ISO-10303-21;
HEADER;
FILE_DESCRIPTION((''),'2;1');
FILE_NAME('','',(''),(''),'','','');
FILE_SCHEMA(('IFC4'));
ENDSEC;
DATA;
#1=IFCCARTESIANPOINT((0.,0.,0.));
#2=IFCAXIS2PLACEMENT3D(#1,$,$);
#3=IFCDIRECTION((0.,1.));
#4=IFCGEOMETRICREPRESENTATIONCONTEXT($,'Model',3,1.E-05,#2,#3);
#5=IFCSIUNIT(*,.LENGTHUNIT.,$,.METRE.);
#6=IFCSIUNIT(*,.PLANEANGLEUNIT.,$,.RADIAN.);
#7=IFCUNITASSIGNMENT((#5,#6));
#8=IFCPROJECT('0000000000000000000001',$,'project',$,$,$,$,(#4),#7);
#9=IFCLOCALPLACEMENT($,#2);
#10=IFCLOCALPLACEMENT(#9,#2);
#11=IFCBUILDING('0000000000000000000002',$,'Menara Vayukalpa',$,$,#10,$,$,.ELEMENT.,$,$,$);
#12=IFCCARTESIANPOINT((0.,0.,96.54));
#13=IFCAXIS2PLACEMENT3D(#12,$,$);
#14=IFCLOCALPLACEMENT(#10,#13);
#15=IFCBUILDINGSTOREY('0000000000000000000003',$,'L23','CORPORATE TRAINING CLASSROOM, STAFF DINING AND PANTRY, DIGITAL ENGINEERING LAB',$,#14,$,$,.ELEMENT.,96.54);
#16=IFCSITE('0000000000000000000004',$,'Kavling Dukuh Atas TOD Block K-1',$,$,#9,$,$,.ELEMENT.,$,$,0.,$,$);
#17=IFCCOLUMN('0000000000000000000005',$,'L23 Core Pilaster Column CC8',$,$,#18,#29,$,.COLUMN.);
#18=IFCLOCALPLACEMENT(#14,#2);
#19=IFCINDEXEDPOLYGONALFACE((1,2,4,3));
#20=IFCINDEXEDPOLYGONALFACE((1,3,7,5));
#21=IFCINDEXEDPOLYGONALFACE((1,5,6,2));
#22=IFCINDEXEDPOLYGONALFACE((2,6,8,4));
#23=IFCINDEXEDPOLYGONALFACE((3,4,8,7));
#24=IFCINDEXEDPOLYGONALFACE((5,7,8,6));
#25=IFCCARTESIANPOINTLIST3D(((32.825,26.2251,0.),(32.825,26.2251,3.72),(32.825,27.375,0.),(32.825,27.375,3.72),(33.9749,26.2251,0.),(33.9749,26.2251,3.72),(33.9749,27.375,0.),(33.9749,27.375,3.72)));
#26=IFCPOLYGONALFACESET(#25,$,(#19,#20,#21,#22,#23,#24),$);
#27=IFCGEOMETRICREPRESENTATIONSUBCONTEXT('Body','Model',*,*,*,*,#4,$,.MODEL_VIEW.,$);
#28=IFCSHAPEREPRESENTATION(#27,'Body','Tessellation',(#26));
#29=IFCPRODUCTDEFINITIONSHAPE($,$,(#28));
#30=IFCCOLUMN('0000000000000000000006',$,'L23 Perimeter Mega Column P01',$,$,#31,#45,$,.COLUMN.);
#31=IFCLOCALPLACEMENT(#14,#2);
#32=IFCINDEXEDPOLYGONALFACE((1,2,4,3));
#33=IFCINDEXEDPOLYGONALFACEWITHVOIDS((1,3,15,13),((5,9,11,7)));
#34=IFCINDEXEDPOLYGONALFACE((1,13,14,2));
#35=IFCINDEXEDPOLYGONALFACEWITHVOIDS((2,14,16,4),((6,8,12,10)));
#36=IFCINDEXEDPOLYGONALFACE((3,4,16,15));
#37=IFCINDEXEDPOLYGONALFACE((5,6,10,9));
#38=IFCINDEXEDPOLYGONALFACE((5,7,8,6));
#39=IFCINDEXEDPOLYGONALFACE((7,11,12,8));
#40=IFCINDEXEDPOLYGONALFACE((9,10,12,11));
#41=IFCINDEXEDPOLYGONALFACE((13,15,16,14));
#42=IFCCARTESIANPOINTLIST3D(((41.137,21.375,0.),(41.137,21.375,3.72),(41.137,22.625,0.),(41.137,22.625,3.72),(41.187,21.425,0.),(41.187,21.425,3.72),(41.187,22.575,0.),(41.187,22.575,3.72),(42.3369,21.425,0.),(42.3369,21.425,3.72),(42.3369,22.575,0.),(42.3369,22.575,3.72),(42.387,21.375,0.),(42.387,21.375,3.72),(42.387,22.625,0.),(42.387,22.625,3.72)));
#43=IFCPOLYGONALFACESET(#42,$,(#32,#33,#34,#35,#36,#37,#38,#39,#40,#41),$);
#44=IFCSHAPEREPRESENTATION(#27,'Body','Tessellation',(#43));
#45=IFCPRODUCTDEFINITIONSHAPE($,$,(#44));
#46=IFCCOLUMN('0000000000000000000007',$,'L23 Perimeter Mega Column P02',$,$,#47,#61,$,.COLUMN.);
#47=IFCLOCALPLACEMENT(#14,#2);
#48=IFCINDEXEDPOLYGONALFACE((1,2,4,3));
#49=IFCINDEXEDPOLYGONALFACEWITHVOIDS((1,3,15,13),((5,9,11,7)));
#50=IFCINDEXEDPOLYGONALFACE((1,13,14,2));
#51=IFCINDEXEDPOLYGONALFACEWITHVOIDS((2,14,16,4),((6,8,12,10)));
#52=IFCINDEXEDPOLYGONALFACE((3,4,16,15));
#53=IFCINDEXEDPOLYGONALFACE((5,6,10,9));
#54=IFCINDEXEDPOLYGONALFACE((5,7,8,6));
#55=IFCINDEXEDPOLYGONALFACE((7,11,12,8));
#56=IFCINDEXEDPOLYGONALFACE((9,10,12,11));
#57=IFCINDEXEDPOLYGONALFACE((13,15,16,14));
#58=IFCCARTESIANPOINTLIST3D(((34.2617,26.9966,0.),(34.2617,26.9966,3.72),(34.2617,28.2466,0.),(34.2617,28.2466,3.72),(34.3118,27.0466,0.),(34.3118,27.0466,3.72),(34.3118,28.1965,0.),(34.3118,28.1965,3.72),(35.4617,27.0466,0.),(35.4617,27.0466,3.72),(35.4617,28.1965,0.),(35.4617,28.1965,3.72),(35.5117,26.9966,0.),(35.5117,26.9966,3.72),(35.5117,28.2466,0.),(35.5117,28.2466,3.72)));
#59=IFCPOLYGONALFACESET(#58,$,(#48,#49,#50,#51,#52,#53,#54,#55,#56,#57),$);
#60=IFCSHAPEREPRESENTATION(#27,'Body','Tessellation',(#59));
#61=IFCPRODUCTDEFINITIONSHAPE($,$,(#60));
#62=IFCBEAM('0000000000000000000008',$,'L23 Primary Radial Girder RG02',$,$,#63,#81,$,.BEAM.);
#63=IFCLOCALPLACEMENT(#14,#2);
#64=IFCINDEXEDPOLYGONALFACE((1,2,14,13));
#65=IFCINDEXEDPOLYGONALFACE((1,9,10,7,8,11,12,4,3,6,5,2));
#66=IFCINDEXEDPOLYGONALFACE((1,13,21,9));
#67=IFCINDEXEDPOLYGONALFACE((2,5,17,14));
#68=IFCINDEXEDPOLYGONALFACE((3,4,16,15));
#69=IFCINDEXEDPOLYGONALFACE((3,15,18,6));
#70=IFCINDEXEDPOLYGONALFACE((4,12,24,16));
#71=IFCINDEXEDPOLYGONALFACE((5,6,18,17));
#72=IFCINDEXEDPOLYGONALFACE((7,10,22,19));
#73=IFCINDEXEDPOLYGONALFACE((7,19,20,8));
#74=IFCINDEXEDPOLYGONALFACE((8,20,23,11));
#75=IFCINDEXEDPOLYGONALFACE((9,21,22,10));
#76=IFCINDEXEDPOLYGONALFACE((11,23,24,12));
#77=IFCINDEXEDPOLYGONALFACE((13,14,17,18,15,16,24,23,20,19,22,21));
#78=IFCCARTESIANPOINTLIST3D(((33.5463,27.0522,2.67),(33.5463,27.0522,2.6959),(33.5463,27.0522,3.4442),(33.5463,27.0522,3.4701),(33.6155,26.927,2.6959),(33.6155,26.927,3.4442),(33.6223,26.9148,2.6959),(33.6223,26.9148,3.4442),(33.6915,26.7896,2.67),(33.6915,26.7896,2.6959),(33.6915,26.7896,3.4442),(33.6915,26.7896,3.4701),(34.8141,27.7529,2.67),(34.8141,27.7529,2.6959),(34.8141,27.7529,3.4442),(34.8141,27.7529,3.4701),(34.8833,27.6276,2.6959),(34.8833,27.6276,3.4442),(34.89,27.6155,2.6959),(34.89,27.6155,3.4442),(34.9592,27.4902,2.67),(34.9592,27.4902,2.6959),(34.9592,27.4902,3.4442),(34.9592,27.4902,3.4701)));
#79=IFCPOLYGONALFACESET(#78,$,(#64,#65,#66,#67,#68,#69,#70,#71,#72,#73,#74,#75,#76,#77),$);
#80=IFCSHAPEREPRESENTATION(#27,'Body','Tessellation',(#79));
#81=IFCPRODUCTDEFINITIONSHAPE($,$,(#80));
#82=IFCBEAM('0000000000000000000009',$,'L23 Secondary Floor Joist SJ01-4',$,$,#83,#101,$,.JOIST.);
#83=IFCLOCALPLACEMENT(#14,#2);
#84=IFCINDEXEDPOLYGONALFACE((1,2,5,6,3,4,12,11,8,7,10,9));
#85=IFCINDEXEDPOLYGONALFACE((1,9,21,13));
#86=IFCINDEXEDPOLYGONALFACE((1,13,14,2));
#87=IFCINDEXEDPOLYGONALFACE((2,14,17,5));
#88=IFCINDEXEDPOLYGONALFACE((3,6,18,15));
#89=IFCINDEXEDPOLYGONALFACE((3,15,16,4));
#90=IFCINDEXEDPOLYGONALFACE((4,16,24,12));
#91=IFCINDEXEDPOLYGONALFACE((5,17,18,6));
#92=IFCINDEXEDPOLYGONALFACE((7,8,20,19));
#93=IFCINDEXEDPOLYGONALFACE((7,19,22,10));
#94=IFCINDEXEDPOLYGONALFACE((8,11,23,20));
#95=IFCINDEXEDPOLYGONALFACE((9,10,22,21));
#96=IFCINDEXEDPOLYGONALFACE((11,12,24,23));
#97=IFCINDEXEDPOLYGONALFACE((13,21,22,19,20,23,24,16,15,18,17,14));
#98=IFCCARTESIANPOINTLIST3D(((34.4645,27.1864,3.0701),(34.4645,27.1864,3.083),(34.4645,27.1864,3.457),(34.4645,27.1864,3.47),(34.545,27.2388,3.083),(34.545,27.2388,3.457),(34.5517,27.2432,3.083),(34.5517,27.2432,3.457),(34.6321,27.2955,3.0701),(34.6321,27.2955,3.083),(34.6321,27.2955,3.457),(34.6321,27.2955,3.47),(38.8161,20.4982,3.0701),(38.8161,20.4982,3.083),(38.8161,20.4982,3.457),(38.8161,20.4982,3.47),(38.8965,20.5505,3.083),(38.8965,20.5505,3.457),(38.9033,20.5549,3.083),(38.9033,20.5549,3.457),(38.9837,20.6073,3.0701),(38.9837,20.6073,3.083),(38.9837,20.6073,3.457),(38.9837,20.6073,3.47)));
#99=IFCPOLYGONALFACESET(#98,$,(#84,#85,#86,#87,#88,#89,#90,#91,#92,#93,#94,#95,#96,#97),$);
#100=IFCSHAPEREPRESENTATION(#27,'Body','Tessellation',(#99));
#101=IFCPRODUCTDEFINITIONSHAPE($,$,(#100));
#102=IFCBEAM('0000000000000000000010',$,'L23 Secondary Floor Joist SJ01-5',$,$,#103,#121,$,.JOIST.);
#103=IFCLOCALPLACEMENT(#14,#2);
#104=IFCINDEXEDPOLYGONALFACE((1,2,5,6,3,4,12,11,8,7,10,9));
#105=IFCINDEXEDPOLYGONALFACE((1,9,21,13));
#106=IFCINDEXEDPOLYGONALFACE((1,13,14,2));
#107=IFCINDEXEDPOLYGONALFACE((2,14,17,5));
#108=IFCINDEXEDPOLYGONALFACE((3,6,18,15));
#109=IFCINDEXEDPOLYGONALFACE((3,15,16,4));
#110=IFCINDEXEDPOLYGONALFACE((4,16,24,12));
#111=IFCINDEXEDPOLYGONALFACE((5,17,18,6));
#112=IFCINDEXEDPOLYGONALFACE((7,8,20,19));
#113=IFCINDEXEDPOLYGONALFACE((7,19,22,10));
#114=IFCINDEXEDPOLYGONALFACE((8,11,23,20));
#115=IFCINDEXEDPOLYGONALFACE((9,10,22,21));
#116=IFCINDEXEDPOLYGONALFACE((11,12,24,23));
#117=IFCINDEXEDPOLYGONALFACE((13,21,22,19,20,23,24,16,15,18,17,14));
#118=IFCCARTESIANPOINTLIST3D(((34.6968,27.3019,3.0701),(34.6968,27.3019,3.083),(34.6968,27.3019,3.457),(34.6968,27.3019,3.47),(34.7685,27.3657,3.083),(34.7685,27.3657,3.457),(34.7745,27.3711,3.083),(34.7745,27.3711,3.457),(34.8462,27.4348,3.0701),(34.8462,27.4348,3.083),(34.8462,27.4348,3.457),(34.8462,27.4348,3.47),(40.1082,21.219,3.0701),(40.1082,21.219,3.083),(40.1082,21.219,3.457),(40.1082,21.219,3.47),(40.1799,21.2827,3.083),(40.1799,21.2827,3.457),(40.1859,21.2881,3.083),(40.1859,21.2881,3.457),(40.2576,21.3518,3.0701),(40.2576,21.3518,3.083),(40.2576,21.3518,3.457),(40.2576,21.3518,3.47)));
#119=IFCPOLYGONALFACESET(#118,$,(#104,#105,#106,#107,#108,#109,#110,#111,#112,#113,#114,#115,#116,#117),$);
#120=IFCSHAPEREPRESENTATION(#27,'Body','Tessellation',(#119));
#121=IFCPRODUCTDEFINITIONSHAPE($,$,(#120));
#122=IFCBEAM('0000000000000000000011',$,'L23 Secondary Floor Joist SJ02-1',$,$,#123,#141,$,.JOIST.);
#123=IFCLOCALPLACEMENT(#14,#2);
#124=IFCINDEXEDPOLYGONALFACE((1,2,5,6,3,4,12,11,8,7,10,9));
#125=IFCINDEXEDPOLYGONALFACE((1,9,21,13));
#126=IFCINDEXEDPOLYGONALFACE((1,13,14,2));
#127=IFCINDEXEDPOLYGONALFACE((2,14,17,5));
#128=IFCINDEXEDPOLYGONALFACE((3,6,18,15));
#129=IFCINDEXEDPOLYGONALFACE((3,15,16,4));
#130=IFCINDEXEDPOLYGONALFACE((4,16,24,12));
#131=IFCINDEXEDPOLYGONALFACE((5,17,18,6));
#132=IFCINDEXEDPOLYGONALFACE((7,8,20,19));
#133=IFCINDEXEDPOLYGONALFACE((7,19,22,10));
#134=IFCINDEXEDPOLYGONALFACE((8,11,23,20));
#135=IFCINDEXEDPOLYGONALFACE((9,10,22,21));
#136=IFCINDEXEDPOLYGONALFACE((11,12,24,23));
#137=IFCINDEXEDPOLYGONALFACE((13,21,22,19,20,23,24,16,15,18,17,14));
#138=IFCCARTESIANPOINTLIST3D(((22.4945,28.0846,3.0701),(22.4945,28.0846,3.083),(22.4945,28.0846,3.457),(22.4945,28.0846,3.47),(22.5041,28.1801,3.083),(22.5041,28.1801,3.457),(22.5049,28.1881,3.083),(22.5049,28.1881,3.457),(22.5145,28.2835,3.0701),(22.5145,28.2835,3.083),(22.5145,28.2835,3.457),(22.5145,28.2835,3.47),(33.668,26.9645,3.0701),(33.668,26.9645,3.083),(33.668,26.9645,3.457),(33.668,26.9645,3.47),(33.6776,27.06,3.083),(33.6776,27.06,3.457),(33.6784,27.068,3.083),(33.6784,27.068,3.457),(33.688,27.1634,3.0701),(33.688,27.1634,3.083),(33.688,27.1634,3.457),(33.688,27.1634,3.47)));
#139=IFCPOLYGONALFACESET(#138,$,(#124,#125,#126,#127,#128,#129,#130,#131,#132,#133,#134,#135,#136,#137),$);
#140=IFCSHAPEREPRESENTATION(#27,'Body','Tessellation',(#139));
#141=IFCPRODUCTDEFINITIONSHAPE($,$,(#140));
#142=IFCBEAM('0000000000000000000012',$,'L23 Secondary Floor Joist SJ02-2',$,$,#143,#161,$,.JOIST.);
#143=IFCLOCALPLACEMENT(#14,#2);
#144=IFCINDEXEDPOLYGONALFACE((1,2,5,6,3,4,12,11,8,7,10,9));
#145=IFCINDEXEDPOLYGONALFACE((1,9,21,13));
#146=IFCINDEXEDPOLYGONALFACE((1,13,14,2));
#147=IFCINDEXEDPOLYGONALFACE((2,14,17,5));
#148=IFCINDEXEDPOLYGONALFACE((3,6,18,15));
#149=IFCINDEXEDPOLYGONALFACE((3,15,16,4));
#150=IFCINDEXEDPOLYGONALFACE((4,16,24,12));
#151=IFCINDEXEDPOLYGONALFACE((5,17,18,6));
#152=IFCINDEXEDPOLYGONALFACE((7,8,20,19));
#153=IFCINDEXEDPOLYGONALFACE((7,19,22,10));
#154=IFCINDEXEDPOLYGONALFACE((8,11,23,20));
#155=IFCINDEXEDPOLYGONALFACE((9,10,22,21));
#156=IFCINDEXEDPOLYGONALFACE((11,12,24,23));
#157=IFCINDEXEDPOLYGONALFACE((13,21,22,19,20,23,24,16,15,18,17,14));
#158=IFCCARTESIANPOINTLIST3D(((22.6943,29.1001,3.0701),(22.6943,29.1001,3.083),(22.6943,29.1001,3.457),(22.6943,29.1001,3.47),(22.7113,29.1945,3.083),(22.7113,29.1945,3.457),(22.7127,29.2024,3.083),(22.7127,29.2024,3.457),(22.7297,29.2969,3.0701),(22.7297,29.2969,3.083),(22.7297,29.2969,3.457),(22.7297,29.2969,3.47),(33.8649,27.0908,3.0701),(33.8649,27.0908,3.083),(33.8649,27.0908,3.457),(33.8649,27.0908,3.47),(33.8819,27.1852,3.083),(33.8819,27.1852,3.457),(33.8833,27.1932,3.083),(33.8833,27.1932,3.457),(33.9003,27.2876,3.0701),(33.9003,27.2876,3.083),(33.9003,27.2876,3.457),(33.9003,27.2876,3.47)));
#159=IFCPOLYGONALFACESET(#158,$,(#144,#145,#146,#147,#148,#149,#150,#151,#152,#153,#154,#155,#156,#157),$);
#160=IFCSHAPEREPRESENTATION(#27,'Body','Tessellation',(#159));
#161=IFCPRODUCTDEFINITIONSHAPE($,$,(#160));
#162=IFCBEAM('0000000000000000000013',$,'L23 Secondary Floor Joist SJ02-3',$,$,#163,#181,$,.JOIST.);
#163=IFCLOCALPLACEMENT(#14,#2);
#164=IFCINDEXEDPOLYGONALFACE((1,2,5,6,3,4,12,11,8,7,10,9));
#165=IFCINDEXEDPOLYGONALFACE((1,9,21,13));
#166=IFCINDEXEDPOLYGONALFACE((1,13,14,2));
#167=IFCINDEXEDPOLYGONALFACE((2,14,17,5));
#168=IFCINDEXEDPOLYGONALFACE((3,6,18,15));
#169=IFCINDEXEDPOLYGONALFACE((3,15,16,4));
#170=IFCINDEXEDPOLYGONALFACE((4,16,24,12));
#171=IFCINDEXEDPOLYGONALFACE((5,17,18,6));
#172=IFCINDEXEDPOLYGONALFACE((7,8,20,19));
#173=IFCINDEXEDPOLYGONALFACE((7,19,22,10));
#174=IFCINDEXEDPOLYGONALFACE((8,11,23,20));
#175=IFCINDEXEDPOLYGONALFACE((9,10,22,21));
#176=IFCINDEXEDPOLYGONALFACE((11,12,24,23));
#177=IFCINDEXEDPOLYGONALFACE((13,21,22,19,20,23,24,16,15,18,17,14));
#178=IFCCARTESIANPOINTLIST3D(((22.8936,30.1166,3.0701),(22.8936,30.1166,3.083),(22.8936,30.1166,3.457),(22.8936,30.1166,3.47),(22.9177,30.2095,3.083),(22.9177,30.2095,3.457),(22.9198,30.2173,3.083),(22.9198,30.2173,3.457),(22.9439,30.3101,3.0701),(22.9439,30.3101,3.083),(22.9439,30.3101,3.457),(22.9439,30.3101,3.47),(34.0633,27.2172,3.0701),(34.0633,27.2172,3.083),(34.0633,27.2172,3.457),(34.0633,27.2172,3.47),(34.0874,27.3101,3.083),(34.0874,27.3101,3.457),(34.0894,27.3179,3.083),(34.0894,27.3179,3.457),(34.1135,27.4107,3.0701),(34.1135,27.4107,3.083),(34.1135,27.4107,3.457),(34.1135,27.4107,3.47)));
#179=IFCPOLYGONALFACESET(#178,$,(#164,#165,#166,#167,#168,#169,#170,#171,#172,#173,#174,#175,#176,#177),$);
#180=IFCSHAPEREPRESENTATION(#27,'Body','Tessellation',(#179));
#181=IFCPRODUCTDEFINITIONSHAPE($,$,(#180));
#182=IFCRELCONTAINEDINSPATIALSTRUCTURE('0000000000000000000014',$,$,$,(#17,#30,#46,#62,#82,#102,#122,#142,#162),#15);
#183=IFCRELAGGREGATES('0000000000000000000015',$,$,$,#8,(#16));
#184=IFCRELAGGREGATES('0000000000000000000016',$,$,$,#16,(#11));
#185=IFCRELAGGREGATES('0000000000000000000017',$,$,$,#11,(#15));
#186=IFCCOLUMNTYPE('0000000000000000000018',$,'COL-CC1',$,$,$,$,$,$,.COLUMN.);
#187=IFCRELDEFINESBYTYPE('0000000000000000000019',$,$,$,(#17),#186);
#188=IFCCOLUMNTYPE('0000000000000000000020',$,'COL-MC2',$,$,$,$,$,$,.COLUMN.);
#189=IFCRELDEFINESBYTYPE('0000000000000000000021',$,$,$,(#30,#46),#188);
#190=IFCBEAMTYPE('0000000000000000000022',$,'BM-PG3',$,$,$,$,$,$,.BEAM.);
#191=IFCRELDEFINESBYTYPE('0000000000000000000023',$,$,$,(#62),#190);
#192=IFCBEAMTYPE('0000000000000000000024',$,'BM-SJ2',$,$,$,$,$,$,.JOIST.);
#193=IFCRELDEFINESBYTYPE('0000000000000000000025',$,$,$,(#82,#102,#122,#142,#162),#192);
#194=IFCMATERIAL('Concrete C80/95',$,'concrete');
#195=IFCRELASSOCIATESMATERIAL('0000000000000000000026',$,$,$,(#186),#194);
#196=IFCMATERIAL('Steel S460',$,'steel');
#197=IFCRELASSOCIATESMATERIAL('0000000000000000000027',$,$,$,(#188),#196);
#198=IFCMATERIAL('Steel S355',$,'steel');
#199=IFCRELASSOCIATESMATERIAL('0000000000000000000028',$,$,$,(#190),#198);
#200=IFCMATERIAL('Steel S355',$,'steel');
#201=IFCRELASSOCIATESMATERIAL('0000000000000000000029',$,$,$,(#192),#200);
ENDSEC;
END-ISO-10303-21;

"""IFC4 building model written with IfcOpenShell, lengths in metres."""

from ifc_helpers import new_model, si_unit, direction, frame, origin, origin_2d, place, context, subcontext, project, spatial, rectangle, hollow_rectangle, i_section, extrude, material, material_profile, profile_set, type_object, element, save


model = new_model("IFC4")

# Units and contexts
model_context = context("Model", 3, precision=1e-05, world=origin(), true_north=direction((0.0, 1.0)))
body_context = subcontext(model_context, "Body", "Model", "MODEL_VIEW")
ifc_project = project(units=[si_unit("LENGTHUNIT", "METRE"), si_unit("PLANEANGLEUNIT", "RADIAN")], contexts=[model_context])

# Site, building, storey
site_placement = place(None, origin())
site = spatial("IfcSite", under=ifc_project, at=site_placement, Name="Kavling Dukuh Atas TOD Block K-1", CompositionType="ELEMENT", RefElevation=0.0)
building_placement = place(site_placement, origin())
building = spatial("IfcBuilding", under=site, at=building_placement, Name="Menara Vayukalpa", CompositionType="ELEMENT")
storey_placement = place(building_placement, frame((0.0, 0.0, 96.54)))
storey = spatial("IfcBuildingStorey", under=building, at=storey_placement, Name="L23", Description="CORPORATE TRAINING CLASSROOM, STAFF DINING AND PANTRY, DIGITAL ENGINEERING LAB", CompositionType="ELEMENT", Elevation=96.54)

# Columns
ifc_material_1 = material(Name="Concrete C80/95", Category="concrete")
ifc_material_profile_1 = material_profile(ifc_material_1, rectangle(XDim=1.1499, YDim=1.1499, at=origin_2d()), Name="RC 1150x1150")
ifc_profile_set_1 = profile_set([ifc_material_profile_1], Name="Concrete C80/95")
column_type_1 = type_object("IfcColumnType", Name="COL-CC1", PredefinedType="COLUMN", material=ifc_profile_set_1)
column_placement = place(storey_placement, frame((33.3999, 26.8, 0.0), z_axis=(0.0, 0.0, 1.0), x_axis=(1.0, 0.0, 0.0)))
element("IfcColumn", 1, at=column_placement, inside=storey, type_object=column_type_1, Name="L23 Core Pilaster Column CC8", PredefinedType="COLUMN", context=body_context, shape_type="SweptSolid", body=[
    extrude(rectangle(XDim=1.1499, YDim=1.1499, at=origin_2d()), origin(), (0.0, 0.0, 1.0), 3.72),
])
ifc_material_2 = material(Name="Steel S460", Category="steel")
ifc_material_profile_2 = material_profile(ifc_material_2, hollow_rectangle(XDim=1.25, YDim=1.25, WallThickness=0.05, at=origin_2d()), Name="BOX 1250x1250x50")
ifc_profile_set_2 = profile_set([ifc_material_profile_2], Name="Steel S460")
column_type_2 = type_object("IfcColumnType", Name="COL-MC2", PredefinedType="COLUMN", material=ifc_profile_set_2)
for number, where, z_axis, x_axis, name in (
    (2, (41.762, 22.0, 0.0), (0.0, 0.0, 1.0), (1.0, 0.0, 0.0), "L23 Perimeter Mega Column P01"),
    (3, (34.8867, 27.6216, 0.0), (0.0, 0.0, 1.0), (1.0, 0.0, 0.0), "L23 Perimeter Mega Column P02"),
):
    element("IfcColumn", number, at=place(storey_placement, frame(where, z_axis=z_axis, x_axis=x_axis)), inside=storey, type_object=column_type_2, Name=name, PredefinedType="COLUMN", context=body_context, shape_type="SweptSolid", body=[
        extrude(hollow_rectangle(XDim=1.25, YDim=1.25, WallThickness=0.05, at=origin_2d()), origin(), (0.0, 0.0, 1.0), 3.72),
    ])

# Beams
ifc_material_3 = material(Name="Steel S355", Category="steel")
ifc_material_profile_3 = material_profile(ifc_material_3, i_section(OverallWidth=0.3, OverallDepth=0.8, WebThickness=0.0139, FlangeThickness=0.0259, at=origin_2d()), Name="WF 800x300x14x26")
ifc_profile_set_3 = profile_set([ifc_material_profile_3], Name="Steel S355")
beam_type_1 = type_object("IfcBeamType", Name="BM-PG3", PredefinedType="BEAM", material=ifc_profile_set_3)
beam_1_placement = place(storey_placement, frame((33.6189, 26.9209, 3.0701), z_axis=(0.875228, 0.48371, 0.0), x_axis=(-0.48371, 0.875228, 0.0)))
element("IfcBeam", 4, at=beam_1_placement, inside=storey, type_object=beam_type_1, Name="L23 Primary Radial Girder RG02", PredefinedType="BEAM", context=body_context, shape_type="SweptSolid", body=[
    extrude(i_section(OverallWidth=0.3, OverallDepth=0.8, WebThickness=0.0139, FlangeThickness=0.0259, at=origin_2d()), origin(), (0.0, 0.0, 1.0), 1.4485),
])
ifc_material_4 = material(Name="Steel S355", Category="steel")
ifc_material_profile_4 = material_profile(ifc_material_4, i_section(OverallWidth=0.2, OverallDepth=0.3999, WebThickness=0.0081, FlangeThickness=0.0129, at=origin_2d()), Name="WF 400x200x8x13")
ifc_profile_set_4 = profile_set([ifc_material_profile_4], Name="Steel S355")
beam_type_2 = type_object("IfcBeamType", Name="BM-SJ2", PredefinedType="JOIST", material=ifc_profile_set_4)
beam_2_placement = place(storey_placement, frame((38.8999, 20.5527, 3.27), z_axis=(-0.545359, 0.838202, 0.0), x_axis=(-0.838202, -0.545359, 0.0)))
element("IfcBeam", 5, at=beam_2_placement, inside=storey, type_object=beam_type_2, Name="L23 Secondary Floor Joist SJ01-4", PredefinedType="JOIST", context=body_context, shape_type="SweptSolid", body=[
    extrude(i_section(OverallWidth=0.2, OverallDepth=0.3999, WebThickness=0.0081, FlangeThickness=0.0129, at=origin_2d()), origin(), (0.0, 0.0, 1.0), 7.9792),
])
beam_3_placement = place(storey_placement, frame((40.1829, 21.2854, 3.27), z_axis=(-0.664656, 0.74715, 0.0), x_axis=(-0.74715, -0.664656, 0.0)))
element("IfcBeam", 6, at=beam_3_placement, inside=storey, type_object=beam_type_2, Name="L23 Secondary Floor Joist SJ01-5", PredefinedType="JOIST", context=body_context, shape_type="SweptSolid", body=[
    extrude(i_section(OverallWidth=0.2, OverallDepth=0.3999, WebThickness=0.0081, FlangeThickness=0.0129, at=origin_2d()), origin(), (0.0, 0.0, 1.0), 8.1416),
])
beam_4_placement = place(storey_placement, frame((33.678, 27.064, 3.27), z_axis=(-0.995013, 0.099747, 0.0), x_axis=(-0.099747, -0.995013, 0.0)))
element("IfcBeam", 7, at=beam_4_placement, inside=storey, type_object=beam_type_2, Name="L23 Secondary Floor Joist SJ02-1", PredefinedType="JOIST", context=body_context, shape_type="SweptSolid", body=[
    extrude(i_section(OverallWidth=0.2, OverallDepth=0.3999, WebThickness=0.0081, FlangeThickness=0.0129, at=origin_2d()), origin(), (0.0, 0.0, 1.0), 11.2295),
])
beam_5_placement = place(storey_placement, frame((33.8826, 27.1892, 3.27), z_axis=(-0.984205, 0.17703, 0.0), x_axis=(-0.17703, -0.984205, 0.0)))
element("IfcBeam", 8, at=beam_5_placement, inside=storey, type_object=beam_type_2, Name="L23 Secondary Floor Joist SJ02-2", PredefinedType="JOIST", context=body_context, shape_type="SweptSolid", body=[
    extrude(i_section(OverallWidth=0.2, OverallDepth=0.3999, WebThickness=0.0081, FlangeThickness=0.0129, at=origin_2d()), origin(), (0.0, 0.0, 1.0), 11.3499),
])
beam_6_placement = place(storey_placement, frame((34.0884, 27.314, 3.27), z_axis=(-0.967922, 0.251252, 0.0), x_axis=(-0.251252, -0.967922, 0.0)))
element("IfcBeam", 9, at=beam_6_placement, inside=storey, type_object=beam_type_2, Name="L23 Secondary Floor Joist SJ02-3", PredefinedType="JOIST", context=body_context, shape_type="SweptSolid", body=[
    extrude(i_section(OverallWidth=0.2, OverallDepth=0.3999, WebThickness=0.0081, FlangeThickness=0.0129, at=origin_2d()), origin(), (0.0, 0.0, 1.0), 11.5398),
])

save(model, "model.ifc")
